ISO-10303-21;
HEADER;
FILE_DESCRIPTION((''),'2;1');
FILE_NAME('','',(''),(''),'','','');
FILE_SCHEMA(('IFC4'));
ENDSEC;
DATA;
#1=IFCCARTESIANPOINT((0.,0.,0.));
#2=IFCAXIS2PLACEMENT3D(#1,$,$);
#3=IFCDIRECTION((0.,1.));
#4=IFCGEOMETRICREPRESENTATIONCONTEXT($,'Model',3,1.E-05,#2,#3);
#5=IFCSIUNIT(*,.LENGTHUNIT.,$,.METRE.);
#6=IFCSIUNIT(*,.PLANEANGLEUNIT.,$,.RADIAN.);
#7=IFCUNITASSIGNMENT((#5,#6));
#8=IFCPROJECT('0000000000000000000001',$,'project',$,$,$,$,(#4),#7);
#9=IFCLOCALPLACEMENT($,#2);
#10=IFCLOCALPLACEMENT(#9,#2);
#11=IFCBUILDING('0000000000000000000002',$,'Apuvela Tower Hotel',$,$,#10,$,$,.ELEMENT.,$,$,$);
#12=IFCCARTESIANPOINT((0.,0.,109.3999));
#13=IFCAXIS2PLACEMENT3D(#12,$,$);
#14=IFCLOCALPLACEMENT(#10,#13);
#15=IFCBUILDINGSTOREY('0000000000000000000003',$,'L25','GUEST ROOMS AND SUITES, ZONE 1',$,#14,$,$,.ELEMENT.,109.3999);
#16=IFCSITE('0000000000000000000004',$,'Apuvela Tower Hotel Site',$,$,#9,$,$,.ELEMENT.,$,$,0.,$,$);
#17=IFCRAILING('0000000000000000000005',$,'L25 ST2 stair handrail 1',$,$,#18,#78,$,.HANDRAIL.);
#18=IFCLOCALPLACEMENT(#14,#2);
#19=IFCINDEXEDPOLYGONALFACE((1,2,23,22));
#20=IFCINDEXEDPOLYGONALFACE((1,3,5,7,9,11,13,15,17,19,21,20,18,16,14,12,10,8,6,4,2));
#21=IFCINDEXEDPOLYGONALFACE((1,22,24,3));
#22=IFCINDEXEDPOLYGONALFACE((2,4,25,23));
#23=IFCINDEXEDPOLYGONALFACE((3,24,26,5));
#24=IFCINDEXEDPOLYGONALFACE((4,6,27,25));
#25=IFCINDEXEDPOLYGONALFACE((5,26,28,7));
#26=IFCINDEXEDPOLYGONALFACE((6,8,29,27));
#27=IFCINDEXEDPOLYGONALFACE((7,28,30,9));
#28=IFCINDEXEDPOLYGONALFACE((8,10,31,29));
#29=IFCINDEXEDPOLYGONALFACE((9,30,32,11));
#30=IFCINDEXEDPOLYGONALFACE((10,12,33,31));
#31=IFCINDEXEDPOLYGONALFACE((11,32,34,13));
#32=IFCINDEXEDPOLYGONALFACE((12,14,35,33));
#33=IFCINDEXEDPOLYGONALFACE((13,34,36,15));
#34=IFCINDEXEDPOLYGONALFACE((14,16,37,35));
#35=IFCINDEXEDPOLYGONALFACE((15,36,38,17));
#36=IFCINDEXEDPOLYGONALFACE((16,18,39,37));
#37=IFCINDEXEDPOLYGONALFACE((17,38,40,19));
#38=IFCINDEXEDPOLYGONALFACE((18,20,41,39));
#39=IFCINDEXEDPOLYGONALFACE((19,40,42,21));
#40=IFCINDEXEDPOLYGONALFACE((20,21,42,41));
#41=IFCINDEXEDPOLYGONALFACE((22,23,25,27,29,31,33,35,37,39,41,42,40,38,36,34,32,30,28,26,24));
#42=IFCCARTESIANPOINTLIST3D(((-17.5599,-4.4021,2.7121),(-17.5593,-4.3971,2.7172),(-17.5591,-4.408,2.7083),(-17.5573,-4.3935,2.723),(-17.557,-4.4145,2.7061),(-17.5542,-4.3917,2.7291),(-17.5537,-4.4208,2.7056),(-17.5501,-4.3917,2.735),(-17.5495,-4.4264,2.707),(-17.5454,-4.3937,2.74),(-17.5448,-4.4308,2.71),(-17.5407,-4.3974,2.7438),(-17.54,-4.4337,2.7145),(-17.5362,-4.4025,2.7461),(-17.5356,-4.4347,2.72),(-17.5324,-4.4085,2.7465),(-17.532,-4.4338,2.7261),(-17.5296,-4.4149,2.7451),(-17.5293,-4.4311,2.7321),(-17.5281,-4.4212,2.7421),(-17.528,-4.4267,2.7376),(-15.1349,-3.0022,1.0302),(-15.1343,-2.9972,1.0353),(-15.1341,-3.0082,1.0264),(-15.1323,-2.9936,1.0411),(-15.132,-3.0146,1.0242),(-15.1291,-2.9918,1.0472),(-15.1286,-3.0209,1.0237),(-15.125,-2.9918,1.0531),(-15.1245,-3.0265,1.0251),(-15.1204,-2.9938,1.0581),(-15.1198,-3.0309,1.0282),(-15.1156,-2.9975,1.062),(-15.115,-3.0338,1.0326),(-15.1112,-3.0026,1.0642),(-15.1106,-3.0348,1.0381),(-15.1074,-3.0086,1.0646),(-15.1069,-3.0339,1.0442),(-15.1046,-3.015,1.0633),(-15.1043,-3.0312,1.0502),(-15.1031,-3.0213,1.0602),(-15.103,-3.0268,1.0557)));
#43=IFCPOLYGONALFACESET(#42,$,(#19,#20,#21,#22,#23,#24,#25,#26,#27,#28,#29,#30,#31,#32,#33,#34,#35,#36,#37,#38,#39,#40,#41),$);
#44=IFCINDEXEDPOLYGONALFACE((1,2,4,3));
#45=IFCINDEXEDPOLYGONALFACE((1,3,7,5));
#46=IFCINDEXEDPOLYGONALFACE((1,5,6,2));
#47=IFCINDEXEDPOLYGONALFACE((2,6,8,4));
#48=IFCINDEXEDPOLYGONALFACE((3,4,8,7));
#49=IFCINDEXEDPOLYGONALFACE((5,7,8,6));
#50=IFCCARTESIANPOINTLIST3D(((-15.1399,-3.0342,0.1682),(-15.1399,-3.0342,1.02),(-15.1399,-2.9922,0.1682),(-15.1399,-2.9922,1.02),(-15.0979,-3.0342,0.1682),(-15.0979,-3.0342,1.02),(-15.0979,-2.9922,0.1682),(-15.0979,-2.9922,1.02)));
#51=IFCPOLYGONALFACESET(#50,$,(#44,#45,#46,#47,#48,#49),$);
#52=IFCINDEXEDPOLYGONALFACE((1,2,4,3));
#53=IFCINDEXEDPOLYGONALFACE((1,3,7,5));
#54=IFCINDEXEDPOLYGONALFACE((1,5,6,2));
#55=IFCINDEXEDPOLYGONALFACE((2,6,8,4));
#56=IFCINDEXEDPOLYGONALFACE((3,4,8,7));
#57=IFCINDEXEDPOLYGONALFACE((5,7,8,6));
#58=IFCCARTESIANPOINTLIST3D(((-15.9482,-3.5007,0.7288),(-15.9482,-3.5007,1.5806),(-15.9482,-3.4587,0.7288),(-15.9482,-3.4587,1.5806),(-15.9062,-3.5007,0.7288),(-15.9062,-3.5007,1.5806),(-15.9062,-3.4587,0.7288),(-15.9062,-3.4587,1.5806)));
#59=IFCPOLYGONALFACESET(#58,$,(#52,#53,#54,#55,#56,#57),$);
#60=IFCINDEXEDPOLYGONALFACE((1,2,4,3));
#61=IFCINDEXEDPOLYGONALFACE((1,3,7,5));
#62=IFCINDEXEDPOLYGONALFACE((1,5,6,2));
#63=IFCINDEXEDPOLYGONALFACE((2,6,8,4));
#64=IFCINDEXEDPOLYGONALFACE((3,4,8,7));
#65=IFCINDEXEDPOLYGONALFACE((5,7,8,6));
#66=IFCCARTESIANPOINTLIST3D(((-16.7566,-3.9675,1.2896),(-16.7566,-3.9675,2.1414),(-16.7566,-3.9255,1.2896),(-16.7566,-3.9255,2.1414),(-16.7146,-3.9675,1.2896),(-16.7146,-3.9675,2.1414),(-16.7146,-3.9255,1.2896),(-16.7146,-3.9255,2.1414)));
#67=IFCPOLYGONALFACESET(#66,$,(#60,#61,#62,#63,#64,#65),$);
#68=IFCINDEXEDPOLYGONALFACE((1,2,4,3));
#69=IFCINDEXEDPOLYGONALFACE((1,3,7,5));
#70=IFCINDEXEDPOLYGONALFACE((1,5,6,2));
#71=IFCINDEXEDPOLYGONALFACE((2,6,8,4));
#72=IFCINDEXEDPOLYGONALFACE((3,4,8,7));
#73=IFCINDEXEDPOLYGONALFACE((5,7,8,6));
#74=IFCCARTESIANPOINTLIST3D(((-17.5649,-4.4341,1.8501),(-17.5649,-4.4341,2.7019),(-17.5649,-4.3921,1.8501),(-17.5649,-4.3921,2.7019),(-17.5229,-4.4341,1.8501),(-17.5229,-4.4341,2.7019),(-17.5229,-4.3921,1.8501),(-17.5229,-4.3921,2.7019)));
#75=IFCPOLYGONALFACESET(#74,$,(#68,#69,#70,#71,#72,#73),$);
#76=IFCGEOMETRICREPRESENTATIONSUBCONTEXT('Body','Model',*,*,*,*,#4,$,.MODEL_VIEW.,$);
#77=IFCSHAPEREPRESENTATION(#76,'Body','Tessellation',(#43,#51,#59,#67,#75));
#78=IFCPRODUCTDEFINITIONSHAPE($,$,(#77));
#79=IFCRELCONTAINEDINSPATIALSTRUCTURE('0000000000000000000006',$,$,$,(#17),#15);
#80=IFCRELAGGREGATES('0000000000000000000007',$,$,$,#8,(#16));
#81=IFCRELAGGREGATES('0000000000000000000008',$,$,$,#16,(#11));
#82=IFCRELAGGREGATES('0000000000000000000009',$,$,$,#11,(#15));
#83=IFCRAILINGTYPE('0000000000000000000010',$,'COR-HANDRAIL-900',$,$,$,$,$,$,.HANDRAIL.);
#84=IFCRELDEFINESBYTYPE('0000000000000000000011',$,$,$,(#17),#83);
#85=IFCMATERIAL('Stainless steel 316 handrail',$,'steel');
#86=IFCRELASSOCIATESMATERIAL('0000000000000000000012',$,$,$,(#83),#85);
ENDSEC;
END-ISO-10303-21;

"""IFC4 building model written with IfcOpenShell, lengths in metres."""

from ifc_helpers import new_model, si_unit, direction, frame, origin, origin_2d, place, context, subcontext, project, spatial, rectangle, circle, extrude, material, type_object, element, save


model = new_model("IFC4")

# Units and contexts
model_context = context("Model", 3, precision=1e-05, world=origin(), true_north=direction((0.0, 1.0)))
body_context = subcontext(model_context, "Body", "Model", "MODEL_VIEW")
ifc_project = project(units=[si_unit("LENGTHUNIT", "METRE"), si_unit("PLANEANGLEUNIT", "RADIAN")], contexts=[model_context])

# Site, building, storey
site_placement = place(None, origin())
site = spatial("IfcSite", under=ifc_project, at=site_placement, Name="Apuvela Tower Hotel Site", CompositionType="ELEMENT", RefElevation=0.0)
building_placement = place(site_placement, origin())
building = spatial("IfcBuilding", under=site, at=building_placement, Name="Apuvela Tower Hotel", CompositionType="ELEMENT")
storey_placement = place(building_placement, frame((0.0, 0.0, 109.3999)))
storey = spatial("IfcBuildingStorey", under=building, at=storey_placement, Name="L25", Description="GUEST ROOMS AND SUITES, ZONE 1", CompositionType="ELEMENT", Elevation=109.3999)

# Railing
ifc_material_1 = material(Name="Stainless steel 316 handrail", Category="steel")
railing_type_1 = type_object("IfcRailingType", Name="COR-HANDRAIL-900", PredefinedType="HANDRAIL", material=ifc_material_1)
railing_1_placement = place(storey_placement, frame((-15.1189, -3.0132, 0.1682)))
element("IfcRailing", 1, at=railing_1_placement, inside=storey, type_object=railing_type_1, Name="L25 ST2 stair handrail 1", PredefinedType="HANDRAIL", context=body_context, shape_type="SweptSolid", body=[
    extrude(circle(Radius=0.0239, at=origin_2d()), frame((0.0, 0.0, 0.876), z_axis=(-0.742424, -0.428577, 0.514906), x_axis=(0.499946, -0.866056, 0.0)), (0.0, 0.0, 1.0), 3.2664),
    extrude(rectangle(XDim=0.042, YDim=0.042, at=origin_2d()), origin(), (0.0, 0.0, 1.0), 0.8518),
    extrude(rectangle(XDim=0.042, YDim=0.042, at=origin_2d()), frame((-0.8083, -0.4666, 0.5605)), (0.0, 0.0, 1.0), 0.8518),
    extrude(rectangle(XDim=0.042, YDim=0.042, at=origin_2d()), frame((-1.6167, -0.9333, 1.1213)), (0.0, 0.0, 1.0), 0.8518),
    extrude(rectangle(XDim=0.042, YDim=0.042, at=origin_2d()), frame((-2.425, -1.3999, 1.6819)), (0.0, 0.0, 1.0), 0.8518),
])

save(model, "model.ifc")
